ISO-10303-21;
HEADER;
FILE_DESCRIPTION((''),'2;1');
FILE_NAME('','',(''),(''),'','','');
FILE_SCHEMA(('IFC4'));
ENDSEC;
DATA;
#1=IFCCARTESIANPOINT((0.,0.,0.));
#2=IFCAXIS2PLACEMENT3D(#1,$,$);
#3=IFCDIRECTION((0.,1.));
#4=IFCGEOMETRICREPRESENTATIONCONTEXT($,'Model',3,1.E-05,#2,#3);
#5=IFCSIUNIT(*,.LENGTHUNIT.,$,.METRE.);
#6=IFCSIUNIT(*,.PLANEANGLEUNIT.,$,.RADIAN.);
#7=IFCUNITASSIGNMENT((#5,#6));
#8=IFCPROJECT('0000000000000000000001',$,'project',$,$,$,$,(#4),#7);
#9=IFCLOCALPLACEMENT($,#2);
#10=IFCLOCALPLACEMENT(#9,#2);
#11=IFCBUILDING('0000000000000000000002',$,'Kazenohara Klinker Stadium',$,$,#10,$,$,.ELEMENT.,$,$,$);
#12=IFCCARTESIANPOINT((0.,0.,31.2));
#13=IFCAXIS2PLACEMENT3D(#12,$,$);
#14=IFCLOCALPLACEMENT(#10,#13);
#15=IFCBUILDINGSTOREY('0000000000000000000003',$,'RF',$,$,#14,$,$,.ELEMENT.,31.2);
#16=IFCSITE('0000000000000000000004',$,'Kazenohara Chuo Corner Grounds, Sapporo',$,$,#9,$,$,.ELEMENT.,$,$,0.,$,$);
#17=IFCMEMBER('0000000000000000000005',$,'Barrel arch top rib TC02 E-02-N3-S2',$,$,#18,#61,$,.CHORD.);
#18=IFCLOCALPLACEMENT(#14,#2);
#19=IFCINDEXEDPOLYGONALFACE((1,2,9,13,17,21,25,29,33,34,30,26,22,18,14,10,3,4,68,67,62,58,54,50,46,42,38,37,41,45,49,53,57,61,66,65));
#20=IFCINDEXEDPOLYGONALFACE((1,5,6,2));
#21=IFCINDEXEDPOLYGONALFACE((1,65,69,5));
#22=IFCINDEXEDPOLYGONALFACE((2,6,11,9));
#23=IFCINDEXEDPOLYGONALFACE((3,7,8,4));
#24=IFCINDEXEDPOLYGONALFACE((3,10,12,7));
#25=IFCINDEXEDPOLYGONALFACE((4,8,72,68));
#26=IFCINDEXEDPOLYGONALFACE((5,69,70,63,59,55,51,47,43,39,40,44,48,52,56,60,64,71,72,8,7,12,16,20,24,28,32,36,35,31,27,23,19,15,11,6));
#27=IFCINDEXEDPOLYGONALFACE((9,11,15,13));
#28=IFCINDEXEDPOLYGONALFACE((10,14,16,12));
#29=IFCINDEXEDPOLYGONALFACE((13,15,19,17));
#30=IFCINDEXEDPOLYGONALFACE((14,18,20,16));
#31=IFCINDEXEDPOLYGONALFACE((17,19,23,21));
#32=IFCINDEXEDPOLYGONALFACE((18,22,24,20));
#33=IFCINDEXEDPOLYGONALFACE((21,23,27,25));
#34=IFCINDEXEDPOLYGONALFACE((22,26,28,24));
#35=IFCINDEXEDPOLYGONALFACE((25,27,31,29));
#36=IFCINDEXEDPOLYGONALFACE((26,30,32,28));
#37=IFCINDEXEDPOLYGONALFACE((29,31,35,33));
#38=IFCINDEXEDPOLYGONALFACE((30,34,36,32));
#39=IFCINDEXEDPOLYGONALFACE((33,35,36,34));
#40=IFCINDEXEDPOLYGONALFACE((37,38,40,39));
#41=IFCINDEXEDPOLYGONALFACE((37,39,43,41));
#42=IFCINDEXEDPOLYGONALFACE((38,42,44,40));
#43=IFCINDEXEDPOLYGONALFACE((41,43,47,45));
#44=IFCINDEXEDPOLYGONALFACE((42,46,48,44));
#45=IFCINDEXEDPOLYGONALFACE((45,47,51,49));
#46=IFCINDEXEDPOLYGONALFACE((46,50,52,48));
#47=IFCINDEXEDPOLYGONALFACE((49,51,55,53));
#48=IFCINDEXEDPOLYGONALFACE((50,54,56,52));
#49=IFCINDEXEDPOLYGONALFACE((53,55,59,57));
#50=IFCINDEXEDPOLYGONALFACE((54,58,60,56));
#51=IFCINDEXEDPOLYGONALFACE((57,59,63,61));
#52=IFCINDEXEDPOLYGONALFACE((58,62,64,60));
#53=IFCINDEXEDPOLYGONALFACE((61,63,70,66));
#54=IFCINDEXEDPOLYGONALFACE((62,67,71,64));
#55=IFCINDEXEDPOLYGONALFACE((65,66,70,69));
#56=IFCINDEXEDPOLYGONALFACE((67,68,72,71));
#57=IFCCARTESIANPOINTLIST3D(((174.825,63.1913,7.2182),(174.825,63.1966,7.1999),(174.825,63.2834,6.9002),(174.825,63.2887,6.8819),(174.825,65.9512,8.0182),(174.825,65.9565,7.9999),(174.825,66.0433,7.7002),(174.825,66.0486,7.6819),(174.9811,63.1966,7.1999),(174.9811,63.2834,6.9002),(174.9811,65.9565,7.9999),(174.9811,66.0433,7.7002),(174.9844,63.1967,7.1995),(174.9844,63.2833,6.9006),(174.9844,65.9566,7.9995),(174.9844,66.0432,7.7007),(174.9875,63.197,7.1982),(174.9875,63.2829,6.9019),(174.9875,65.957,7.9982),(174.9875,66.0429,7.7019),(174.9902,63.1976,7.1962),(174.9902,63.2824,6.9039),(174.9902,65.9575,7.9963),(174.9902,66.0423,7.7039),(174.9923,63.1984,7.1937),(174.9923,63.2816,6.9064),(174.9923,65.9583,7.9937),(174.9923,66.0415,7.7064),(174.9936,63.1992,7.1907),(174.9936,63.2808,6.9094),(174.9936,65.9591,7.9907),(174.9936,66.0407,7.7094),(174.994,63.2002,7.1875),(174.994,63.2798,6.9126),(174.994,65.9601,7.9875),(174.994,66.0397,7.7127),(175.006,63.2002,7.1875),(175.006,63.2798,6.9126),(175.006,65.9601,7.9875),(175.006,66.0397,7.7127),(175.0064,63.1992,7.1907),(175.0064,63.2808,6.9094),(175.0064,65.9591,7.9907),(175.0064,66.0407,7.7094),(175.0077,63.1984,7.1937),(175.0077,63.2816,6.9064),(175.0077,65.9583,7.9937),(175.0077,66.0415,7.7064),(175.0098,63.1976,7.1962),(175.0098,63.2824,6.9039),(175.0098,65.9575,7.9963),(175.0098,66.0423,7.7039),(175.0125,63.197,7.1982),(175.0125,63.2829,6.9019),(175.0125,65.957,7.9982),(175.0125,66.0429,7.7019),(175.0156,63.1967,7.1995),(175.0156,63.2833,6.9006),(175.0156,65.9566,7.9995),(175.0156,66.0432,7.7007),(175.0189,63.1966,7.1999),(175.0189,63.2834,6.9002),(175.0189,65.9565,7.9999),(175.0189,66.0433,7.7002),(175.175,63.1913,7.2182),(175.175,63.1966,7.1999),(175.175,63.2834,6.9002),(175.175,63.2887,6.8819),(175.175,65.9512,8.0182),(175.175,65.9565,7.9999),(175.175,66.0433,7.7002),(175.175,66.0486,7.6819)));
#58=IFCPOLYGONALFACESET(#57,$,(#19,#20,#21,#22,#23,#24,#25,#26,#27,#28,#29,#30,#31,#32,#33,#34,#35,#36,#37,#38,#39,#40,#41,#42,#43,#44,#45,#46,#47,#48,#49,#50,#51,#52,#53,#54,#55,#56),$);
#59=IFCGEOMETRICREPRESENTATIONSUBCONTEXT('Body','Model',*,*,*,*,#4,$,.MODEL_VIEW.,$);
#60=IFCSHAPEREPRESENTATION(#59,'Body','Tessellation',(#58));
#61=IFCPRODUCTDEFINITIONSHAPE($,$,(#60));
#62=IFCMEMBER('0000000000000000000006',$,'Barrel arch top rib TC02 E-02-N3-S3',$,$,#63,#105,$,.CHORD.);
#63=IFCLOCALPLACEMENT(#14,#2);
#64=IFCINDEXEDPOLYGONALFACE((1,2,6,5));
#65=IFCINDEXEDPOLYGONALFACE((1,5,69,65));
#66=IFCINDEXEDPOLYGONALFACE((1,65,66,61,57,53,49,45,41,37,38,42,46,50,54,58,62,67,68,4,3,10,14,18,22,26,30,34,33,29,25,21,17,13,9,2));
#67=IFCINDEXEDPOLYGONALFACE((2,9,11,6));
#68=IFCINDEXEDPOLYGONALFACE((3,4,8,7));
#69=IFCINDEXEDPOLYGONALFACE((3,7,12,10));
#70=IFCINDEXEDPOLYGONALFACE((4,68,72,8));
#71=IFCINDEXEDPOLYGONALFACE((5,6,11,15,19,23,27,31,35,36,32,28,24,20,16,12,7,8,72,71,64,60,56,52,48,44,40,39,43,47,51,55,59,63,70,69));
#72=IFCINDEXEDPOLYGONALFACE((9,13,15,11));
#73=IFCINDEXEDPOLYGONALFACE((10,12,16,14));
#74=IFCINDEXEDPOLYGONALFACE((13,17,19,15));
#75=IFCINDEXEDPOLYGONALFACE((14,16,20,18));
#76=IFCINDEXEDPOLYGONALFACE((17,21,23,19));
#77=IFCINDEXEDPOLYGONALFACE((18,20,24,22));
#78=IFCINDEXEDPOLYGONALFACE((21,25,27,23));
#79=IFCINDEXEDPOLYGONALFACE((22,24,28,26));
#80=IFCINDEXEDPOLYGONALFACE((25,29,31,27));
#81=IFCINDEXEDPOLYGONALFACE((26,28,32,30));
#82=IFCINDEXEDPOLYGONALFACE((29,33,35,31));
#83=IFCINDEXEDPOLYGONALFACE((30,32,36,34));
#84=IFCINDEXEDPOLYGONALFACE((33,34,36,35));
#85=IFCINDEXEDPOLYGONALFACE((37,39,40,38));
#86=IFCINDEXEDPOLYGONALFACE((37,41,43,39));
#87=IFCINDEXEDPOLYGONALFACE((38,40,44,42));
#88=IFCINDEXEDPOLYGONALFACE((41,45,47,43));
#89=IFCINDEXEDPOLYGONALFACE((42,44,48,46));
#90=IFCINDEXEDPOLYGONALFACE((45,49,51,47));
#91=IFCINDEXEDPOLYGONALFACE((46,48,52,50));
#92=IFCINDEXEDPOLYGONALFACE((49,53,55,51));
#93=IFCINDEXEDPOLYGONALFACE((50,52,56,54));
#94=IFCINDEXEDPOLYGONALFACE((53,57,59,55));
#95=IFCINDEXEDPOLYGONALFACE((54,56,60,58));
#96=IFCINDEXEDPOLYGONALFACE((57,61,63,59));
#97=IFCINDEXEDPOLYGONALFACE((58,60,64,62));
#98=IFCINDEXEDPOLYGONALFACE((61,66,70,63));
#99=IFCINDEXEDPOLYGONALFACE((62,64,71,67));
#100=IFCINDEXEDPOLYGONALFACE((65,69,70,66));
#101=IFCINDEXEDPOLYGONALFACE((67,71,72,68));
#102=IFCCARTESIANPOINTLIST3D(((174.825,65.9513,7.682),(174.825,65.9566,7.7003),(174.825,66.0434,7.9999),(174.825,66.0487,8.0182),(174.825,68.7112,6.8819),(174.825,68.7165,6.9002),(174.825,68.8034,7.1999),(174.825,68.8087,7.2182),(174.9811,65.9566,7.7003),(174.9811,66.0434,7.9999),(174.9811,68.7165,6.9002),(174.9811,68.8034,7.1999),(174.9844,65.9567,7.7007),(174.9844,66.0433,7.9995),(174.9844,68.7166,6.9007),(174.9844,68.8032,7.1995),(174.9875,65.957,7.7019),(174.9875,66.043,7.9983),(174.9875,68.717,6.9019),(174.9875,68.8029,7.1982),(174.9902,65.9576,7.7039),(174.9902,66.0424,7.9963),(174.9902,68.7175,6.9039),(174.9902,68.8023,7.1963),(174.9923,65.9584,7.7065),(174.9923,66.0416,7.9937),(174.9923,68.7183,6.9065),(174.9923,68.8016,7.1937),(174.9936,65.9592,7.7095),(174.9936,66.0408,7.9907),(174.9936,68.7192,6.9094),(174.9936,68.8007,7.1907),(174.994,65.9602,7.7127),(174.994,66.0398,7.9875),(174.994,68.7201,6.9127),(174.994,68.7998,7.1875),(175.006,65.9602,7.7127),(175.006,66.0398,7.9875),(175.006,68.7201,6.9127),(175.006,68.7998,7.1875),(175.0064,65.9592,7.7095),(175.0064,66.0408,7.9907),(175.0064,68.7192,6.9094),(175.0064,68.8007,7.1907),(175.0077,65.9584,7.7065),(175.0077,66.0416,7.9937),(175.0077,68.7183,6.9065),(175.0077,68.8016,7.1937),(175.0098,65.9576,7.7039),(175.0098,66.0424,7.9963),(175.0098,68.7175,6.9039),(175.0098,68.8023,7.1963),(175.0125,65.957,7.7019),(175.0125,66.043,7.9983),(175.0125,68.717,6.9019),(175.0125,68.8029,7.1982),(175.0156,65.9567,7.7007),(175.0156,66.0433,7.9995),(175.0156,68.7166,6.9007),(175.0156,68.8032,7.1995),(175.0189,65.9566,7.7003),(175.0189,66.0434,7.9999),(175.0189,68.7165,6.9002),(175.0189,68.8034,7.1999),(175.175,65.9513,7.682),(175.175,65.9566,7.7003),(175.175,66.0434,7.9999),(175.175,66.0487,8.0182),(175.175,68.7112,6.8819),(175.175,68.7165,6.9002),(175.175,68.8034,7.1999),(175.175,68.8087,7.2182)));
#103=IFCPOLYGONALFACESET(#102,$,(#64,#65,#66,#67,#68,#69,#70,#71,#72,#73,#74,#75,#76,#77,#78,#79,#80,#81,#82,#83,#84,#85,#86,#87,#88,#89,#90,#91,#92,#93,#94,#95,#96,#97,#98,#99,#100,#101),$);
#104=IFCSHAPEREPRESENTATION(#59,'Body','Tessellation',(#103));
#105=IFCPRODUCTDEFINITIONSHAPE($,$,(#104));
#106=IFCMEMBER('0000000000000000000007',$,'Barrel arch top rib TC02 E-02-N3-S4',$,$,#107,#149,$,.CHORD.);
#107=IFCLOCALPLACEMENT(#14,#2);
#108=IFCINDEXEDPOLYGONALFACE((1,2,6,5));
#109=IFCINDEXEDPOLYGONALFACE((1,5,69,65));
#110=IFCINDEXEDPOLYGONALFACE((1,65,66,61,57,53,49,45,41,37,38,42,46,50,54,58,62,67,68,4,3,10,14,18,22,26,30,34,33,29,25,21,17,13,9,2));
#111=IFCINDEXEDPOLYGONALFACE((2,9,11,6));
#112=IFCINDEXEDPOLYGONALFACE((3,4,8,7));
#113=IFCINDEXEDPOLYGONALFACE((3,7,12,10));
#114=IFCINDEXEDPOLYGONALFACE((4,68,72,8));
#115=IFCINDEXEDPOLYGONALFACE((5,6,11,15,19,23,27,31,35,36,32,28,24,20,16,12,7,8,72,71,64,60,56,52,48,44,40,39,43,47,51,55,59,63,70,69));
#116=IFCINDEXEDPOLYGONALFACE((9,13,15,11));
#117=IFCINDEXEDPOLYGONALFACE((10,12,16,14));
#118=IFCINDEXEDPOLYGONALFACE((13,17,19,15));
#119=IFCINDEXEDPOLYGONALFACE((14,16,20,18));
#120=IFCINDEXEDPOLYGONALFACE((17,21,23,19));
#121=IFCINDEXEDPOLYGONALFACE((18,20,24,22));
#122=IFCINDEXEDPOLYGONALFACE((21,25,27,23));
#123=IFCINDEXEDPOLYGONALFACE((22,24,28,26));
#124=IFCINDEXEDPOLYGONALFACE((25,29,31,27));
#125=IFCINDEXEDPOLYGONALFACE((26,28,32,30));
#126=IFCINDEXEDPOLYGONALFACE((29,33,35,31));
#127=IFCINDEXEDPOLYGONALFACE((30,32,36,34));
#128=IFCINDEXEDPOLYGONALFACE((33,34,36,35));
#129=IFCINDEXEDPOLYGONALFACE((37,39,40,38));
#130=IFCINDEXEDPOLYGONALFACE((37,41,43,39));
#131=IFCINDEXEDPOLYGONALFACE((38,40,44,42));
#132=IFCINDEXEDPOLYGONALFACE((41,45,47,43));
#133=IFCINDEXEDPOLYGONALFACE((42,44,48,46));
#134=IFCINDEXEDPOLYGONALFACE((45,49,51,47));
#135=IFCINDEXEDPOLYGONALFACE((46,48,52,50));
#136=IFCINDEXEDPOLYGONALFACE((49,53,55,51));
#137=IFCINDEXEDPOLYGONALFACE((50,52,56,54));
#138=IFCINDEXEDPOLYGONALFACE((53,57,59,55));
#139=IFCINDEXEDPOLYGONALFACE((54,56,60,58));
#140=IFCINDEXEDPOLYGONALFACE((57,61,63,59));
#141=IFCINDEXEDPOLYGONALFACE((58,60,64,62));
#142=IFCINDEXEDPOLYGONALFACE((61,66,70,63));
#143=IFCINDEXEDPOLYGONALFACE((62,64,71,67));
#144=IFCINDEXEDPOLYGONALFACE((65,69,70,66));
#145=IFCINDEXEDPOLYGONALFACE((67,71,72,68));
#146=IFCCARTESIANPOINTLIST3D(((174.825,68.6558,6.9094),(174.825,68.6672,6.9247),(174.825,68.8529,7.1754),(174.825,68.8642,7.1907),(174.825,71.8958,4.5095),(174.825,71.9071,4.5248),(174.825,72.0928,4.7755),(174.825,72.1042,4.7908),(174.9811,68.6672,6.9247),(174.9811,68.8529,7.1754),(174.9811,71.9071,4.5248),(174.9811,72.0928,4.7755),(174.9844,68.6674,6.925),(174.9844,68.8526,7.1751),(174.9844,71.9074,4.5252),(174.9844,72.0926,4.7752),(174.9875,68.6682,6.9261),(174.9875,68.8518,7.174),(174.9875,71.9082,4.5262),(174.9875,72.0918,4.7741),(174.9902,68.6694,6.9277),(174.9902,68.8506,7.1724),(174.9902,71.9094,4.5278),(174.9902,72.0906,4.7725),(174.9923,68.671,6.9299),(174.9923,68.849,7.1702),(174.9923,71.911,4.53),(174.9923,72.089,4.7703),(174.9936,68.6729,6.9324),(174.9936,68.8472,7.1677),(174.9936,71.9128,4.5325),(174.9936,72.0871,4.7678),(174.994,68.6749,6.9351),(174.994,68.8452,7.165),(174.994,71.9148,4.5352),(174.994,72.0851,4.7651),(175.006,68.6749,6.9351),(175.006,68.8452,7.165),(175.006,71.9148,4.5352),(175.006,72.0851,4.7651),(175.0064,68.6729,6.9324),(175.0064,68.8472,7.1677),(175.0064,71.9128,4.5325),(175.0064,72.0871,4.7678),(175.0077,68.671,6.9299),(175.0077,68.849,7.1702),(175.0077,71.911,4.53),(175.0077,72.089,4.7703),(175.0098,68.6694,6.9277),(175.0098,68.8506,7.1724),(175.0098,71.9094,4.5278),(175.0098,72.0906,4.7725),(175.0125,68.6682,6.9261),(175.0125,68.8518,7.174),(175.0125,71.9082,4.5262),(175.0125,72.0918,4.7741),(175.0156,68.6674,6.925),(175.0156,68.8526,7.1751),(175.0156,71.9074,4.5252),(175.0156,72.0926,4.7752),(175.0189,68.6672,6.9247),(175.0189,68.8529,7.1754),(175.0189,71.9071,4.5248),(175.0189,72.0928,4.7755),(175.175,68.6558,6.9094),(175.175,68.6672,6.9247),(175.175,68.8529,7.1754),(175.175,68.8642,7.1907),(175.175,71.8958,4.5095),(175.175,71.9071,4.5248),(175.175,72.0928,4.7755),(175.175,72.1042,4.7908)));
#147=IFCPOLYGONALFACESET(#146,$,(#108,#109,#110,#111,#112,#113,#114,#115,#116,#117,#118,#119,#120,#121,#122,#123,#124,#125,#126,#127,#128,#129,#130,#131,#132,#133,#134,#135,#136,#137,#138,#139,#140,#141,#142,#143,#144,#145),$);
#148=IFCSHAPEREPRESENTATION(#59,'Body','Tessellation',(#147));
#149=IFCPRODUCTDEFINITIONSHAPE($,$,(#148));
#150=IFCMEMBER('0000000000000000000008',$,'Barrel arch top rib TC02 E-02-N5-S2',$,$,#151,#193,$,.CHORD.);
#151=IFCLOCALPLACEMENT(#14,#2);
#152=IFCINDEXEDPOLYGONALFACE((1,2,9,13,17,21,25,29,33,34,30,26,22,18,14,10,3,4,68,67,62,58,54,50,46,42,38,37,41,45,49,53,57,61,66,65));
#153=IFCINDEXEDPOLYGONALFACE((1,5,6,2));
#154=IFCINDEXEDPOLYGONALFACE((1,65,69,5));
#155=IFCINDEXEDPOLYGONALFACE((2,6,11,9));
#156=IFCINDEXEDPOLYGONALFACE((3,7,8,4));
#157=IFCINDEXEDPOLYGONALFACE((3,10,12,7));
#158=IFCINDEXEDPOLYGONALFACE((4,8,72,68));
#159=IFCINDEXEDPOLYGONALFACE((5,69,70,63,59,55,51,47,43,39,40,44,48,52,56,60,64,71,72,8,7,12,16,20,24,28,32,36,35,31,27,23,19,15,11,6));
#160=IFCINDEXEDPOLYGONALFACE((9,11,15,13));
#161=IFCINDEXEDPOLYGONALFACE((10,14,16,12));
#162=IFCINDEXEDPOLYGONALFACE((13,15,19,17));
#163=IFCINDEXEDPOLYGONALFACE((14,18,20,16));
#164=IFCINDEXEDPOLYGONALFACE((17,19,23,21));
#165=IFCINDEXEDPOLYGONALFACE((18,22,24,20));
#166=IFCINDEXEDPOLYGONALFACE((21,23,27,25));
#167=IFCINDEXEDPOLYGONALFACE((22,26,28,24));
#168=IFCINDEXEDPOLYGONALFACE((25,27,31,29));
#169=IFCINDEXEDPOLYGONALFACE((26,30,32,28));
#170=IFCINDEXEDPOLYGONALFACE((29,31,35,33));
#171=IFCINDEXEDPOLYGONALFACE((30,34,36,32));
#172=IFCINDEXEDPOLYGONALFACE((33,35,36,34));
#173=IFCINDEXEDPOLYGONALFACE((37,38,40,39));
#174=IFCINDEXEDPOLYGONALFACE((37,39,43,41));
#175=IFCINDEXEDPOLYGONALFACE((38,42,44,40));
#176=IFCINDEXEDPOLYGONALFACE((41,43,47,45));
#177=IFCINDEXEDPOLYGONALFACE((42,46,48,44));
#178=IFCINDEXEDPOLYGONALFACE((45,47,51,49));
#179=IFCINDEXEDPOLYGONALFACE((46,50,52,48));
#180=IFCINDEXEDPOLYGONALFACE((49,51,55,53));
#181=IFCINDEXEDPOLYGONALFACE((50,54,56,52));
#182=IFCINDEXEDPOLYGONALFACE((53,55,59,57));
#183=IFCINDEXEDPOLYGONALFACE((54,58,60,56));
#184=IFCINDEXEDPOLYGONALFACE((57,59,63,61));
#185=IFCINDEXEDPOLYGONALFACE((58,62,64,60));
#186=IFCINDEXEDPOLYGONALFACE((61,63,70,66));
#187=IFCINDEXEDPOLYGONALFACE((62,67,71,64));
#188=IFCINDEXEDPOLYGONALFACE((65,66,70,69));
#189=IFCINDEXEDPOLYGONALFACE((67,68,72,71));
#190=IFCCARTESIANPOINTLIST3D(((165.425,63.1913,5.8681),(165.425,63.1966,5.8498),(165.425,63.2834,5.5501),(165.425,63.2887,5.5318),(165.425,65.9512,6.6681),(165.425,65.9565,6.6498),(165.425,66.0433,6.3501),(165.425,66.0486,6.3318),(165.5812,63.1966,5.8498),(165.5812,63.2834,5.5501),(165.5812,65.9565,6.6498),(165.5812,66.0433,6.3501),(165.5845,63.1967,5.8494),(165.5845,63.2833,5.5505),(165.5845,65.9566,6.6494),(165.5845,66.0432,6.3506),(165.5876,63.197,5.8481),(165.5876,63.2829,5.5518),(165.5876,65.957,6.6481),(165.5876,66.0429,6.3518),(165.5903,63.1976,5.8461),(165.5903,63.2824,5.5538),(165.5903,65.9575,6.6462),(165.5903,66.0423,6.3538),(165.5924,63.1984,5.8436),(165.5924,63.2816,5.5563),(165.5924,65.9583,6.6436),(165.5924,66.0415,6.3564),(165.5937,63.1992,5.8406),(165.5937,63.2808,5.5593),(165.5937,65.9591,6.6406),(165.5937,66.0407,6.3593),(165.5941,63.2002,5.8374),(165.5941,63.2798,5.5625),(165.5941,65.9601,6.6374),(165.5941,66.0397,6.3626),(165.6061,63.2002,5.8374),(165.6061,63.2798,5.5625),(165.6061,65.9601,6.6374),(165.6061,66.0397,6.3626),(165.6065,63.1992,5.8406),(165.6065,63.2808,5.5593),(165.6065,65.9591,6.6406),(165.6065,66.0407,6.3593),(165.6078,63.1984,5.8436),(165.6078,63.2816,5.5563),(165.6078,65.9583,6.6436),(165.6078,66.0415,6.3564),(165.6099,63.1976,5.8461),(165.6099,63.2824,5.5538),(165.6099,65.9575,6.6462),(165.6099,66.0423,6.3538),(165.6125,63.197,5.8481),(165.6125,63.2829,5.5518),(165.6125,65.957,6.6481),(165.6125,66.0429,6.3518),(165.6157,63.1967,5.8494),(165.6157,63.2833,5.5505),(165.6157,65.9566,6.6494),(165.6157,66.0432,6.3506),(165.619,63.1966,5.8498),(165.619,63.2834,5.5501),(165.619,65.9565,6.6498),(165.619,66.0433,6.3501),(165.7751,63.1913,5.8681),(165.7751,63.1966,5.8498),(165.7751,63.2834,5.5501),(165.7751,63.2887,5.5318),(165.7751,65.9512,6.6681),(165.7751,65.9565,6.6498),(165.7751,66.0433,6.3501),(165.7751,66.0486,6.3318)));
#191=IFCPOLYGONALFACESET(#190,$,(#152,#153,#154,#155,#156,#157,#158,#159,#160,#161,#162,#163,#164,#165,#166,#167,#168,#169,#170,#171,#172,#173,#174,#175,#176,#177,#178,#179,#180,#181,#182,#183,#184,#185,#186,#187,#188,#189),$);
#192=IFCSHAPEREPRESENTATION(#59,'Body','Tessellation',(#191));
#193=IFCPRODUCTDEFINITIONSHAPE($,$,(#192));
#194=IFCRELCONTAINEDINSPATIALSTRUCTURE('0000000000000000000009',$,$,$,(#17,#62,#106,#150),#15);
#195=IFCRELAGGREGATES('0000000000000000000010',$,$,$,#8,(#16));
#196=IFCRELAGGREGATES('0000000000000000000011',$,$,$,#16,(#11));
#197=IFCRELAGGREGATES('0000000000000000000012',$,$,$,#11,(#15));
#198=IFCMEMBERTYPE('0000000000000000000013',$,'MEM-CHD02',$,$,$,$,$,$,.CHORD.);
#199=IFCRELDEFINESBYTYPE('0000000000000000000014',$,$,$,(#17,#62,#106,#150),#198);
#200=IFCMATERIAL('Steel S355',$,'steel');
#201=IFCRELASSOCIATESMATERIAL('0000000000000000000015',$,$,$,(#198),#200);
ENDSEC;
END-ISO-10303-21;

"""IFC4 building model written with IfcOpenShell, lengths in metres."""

from ifc_helpers import new_model, si_unit, direction, frame, origin, origin_2d, place, context, subcontext, project, spatial, i_section, extrude, material, material_profile, profile_set, type_object, element, save


model = new_model("IFC4")

# Units and contexts
model_context = context("Model", 3, precision=1e-05, world=origin(), true_north=direction((0.0, 1.0)))
body_context = subcontext(model_context, "Body", "Model", "MODEL_VIEW")
ifc_project = project(units=[si_unit("LENGTHUNIT", "METRE"), si_unit("PLANEANGLEUNIT", "RADIAN")], contexts=[model_context])

# Site, building, storey
site_placement = place(None, origin())
site = spatial("IfcSite", under=ifc_project, at=site_placement, Name="Kazenohara Chuo Corner Grounds, Sapporo", CompositionType="ELEMENT", RefElevation=0.0)
building_placement = place(site_placement, origin())
building = spatial("IfcBuilding", under=site, at=building_placement, Name="Kazenohara Klinker Stadium", CompositionType="ELEMENT")
storey_placement = place(building_placement, frame((0.0, 0.0, 31.2)))
storey = spatial("IfcBuildingStorey", under=building, at=storey_placement, Name="RF", CompositionType="ELEMENT", Elevation=31.2)

# Members
ifc_material_1 = material(Name="Steel S355", Category="steel")
ifc_material_profile_1 = material_profile(ifc_material_1, i_section(OverallWidth=0.3501, OverallDepth=0.3501, WebThickness=0.012, FlangeThickness=0.019, FilletRadius=0.0129, at=origin_2d()), Name="H-350x350x12x19")
ifc_profile_set_1 = profile_set([ifc_material_profile_1], Name="Steel S355")
member_type_1 = type_object("IfcMemberType", Name="MEM-CHD02", PredefinedType="CHORD", material=ifc_profile_set_1)
for number, where, z_axis, x_axis, name in (
    (1, (175.0, 63.24, 7.05), (0.0, 0.960462, 0.278411), (-1.0, 0.0, 0.0), "Barrel arch top rib TC02 E-02-N3-S2"),
    (2, (175.0, 66.0, 7.8501), (0.0, 0.960462, -0.278411), (-1.0, 0.0, 0.0), "Barrel arch top rib TC02 E-02-N3-S3"),
):
    element("IfcMember", number, at=place(storey_placement, frame(where, z_axis=z_axis, x_axis=x_axis)), inside=storey, type_object=member_type_1, Name=name, PredefinedType="CHORD", context=body_context, shape_type="SweptSolid", body=[
        extrude(i_section(OverallWidth=0.3501, OverallDepth=0.3501, WebThickness=0.012, FlangeThickness=0.019, FilletRadius=0.0129, at=origin_2d()), origin(), (0.0, 0.0, 1.0), 2.8735),
    ])
member_1_placement = place(storey_placement, frame((175.0, 68.76, 7.05), z_axis=(0.0, 0.803568, -0.595213), x_axis=(-1.0, 0.0, 0.0)))
element("IfcMember", 3, at=member_1_placement, inside=storey, type_object=member_type_1, Name="Barrel arch top rib TC02 E-02-N3-S4", PredefinedType="CHORD", context=body_context, shape_type="SweptSolid", body=[
    extrude(i_section(OverallWidth=0.3501, OverallDepth=0.3501, WebThickness=0.012, FlangeThickness=0.019, FilletRadius=0.0129, at=origin_2d()), origin(), (0.0, 0.0, 1.0), 4.032),
])
for number, where, z_axis, x_axis, name in (
    (4, (165.6001, 63.24, 5.7), (0.0, 0.960462, 0.278411), (-1.0, 0.0, 0.0), "Barrel arch top rib TC02 E-02-N5-S2"),
):
    element("IfcMember", number, at=place(storey_placement, frame(where, z_axis=z_axis, x_axis=x_axis)), inside=storey, type_object=member_type_1, Name=name, PredefinedType="CHORD", context=body_context, shape_type="SweptSolid", body=[
        extrude(i_section(OverallWidth=0.3501, OverallDepth=0.3501, WebThickness=0.012, FlangeThickness=0.019, FilletRadius=0.0129, at=origin_2d()), origin(), (0.0, 0.0, 1.0), 2.8735),
    ])

save(model, "model.ifc")
